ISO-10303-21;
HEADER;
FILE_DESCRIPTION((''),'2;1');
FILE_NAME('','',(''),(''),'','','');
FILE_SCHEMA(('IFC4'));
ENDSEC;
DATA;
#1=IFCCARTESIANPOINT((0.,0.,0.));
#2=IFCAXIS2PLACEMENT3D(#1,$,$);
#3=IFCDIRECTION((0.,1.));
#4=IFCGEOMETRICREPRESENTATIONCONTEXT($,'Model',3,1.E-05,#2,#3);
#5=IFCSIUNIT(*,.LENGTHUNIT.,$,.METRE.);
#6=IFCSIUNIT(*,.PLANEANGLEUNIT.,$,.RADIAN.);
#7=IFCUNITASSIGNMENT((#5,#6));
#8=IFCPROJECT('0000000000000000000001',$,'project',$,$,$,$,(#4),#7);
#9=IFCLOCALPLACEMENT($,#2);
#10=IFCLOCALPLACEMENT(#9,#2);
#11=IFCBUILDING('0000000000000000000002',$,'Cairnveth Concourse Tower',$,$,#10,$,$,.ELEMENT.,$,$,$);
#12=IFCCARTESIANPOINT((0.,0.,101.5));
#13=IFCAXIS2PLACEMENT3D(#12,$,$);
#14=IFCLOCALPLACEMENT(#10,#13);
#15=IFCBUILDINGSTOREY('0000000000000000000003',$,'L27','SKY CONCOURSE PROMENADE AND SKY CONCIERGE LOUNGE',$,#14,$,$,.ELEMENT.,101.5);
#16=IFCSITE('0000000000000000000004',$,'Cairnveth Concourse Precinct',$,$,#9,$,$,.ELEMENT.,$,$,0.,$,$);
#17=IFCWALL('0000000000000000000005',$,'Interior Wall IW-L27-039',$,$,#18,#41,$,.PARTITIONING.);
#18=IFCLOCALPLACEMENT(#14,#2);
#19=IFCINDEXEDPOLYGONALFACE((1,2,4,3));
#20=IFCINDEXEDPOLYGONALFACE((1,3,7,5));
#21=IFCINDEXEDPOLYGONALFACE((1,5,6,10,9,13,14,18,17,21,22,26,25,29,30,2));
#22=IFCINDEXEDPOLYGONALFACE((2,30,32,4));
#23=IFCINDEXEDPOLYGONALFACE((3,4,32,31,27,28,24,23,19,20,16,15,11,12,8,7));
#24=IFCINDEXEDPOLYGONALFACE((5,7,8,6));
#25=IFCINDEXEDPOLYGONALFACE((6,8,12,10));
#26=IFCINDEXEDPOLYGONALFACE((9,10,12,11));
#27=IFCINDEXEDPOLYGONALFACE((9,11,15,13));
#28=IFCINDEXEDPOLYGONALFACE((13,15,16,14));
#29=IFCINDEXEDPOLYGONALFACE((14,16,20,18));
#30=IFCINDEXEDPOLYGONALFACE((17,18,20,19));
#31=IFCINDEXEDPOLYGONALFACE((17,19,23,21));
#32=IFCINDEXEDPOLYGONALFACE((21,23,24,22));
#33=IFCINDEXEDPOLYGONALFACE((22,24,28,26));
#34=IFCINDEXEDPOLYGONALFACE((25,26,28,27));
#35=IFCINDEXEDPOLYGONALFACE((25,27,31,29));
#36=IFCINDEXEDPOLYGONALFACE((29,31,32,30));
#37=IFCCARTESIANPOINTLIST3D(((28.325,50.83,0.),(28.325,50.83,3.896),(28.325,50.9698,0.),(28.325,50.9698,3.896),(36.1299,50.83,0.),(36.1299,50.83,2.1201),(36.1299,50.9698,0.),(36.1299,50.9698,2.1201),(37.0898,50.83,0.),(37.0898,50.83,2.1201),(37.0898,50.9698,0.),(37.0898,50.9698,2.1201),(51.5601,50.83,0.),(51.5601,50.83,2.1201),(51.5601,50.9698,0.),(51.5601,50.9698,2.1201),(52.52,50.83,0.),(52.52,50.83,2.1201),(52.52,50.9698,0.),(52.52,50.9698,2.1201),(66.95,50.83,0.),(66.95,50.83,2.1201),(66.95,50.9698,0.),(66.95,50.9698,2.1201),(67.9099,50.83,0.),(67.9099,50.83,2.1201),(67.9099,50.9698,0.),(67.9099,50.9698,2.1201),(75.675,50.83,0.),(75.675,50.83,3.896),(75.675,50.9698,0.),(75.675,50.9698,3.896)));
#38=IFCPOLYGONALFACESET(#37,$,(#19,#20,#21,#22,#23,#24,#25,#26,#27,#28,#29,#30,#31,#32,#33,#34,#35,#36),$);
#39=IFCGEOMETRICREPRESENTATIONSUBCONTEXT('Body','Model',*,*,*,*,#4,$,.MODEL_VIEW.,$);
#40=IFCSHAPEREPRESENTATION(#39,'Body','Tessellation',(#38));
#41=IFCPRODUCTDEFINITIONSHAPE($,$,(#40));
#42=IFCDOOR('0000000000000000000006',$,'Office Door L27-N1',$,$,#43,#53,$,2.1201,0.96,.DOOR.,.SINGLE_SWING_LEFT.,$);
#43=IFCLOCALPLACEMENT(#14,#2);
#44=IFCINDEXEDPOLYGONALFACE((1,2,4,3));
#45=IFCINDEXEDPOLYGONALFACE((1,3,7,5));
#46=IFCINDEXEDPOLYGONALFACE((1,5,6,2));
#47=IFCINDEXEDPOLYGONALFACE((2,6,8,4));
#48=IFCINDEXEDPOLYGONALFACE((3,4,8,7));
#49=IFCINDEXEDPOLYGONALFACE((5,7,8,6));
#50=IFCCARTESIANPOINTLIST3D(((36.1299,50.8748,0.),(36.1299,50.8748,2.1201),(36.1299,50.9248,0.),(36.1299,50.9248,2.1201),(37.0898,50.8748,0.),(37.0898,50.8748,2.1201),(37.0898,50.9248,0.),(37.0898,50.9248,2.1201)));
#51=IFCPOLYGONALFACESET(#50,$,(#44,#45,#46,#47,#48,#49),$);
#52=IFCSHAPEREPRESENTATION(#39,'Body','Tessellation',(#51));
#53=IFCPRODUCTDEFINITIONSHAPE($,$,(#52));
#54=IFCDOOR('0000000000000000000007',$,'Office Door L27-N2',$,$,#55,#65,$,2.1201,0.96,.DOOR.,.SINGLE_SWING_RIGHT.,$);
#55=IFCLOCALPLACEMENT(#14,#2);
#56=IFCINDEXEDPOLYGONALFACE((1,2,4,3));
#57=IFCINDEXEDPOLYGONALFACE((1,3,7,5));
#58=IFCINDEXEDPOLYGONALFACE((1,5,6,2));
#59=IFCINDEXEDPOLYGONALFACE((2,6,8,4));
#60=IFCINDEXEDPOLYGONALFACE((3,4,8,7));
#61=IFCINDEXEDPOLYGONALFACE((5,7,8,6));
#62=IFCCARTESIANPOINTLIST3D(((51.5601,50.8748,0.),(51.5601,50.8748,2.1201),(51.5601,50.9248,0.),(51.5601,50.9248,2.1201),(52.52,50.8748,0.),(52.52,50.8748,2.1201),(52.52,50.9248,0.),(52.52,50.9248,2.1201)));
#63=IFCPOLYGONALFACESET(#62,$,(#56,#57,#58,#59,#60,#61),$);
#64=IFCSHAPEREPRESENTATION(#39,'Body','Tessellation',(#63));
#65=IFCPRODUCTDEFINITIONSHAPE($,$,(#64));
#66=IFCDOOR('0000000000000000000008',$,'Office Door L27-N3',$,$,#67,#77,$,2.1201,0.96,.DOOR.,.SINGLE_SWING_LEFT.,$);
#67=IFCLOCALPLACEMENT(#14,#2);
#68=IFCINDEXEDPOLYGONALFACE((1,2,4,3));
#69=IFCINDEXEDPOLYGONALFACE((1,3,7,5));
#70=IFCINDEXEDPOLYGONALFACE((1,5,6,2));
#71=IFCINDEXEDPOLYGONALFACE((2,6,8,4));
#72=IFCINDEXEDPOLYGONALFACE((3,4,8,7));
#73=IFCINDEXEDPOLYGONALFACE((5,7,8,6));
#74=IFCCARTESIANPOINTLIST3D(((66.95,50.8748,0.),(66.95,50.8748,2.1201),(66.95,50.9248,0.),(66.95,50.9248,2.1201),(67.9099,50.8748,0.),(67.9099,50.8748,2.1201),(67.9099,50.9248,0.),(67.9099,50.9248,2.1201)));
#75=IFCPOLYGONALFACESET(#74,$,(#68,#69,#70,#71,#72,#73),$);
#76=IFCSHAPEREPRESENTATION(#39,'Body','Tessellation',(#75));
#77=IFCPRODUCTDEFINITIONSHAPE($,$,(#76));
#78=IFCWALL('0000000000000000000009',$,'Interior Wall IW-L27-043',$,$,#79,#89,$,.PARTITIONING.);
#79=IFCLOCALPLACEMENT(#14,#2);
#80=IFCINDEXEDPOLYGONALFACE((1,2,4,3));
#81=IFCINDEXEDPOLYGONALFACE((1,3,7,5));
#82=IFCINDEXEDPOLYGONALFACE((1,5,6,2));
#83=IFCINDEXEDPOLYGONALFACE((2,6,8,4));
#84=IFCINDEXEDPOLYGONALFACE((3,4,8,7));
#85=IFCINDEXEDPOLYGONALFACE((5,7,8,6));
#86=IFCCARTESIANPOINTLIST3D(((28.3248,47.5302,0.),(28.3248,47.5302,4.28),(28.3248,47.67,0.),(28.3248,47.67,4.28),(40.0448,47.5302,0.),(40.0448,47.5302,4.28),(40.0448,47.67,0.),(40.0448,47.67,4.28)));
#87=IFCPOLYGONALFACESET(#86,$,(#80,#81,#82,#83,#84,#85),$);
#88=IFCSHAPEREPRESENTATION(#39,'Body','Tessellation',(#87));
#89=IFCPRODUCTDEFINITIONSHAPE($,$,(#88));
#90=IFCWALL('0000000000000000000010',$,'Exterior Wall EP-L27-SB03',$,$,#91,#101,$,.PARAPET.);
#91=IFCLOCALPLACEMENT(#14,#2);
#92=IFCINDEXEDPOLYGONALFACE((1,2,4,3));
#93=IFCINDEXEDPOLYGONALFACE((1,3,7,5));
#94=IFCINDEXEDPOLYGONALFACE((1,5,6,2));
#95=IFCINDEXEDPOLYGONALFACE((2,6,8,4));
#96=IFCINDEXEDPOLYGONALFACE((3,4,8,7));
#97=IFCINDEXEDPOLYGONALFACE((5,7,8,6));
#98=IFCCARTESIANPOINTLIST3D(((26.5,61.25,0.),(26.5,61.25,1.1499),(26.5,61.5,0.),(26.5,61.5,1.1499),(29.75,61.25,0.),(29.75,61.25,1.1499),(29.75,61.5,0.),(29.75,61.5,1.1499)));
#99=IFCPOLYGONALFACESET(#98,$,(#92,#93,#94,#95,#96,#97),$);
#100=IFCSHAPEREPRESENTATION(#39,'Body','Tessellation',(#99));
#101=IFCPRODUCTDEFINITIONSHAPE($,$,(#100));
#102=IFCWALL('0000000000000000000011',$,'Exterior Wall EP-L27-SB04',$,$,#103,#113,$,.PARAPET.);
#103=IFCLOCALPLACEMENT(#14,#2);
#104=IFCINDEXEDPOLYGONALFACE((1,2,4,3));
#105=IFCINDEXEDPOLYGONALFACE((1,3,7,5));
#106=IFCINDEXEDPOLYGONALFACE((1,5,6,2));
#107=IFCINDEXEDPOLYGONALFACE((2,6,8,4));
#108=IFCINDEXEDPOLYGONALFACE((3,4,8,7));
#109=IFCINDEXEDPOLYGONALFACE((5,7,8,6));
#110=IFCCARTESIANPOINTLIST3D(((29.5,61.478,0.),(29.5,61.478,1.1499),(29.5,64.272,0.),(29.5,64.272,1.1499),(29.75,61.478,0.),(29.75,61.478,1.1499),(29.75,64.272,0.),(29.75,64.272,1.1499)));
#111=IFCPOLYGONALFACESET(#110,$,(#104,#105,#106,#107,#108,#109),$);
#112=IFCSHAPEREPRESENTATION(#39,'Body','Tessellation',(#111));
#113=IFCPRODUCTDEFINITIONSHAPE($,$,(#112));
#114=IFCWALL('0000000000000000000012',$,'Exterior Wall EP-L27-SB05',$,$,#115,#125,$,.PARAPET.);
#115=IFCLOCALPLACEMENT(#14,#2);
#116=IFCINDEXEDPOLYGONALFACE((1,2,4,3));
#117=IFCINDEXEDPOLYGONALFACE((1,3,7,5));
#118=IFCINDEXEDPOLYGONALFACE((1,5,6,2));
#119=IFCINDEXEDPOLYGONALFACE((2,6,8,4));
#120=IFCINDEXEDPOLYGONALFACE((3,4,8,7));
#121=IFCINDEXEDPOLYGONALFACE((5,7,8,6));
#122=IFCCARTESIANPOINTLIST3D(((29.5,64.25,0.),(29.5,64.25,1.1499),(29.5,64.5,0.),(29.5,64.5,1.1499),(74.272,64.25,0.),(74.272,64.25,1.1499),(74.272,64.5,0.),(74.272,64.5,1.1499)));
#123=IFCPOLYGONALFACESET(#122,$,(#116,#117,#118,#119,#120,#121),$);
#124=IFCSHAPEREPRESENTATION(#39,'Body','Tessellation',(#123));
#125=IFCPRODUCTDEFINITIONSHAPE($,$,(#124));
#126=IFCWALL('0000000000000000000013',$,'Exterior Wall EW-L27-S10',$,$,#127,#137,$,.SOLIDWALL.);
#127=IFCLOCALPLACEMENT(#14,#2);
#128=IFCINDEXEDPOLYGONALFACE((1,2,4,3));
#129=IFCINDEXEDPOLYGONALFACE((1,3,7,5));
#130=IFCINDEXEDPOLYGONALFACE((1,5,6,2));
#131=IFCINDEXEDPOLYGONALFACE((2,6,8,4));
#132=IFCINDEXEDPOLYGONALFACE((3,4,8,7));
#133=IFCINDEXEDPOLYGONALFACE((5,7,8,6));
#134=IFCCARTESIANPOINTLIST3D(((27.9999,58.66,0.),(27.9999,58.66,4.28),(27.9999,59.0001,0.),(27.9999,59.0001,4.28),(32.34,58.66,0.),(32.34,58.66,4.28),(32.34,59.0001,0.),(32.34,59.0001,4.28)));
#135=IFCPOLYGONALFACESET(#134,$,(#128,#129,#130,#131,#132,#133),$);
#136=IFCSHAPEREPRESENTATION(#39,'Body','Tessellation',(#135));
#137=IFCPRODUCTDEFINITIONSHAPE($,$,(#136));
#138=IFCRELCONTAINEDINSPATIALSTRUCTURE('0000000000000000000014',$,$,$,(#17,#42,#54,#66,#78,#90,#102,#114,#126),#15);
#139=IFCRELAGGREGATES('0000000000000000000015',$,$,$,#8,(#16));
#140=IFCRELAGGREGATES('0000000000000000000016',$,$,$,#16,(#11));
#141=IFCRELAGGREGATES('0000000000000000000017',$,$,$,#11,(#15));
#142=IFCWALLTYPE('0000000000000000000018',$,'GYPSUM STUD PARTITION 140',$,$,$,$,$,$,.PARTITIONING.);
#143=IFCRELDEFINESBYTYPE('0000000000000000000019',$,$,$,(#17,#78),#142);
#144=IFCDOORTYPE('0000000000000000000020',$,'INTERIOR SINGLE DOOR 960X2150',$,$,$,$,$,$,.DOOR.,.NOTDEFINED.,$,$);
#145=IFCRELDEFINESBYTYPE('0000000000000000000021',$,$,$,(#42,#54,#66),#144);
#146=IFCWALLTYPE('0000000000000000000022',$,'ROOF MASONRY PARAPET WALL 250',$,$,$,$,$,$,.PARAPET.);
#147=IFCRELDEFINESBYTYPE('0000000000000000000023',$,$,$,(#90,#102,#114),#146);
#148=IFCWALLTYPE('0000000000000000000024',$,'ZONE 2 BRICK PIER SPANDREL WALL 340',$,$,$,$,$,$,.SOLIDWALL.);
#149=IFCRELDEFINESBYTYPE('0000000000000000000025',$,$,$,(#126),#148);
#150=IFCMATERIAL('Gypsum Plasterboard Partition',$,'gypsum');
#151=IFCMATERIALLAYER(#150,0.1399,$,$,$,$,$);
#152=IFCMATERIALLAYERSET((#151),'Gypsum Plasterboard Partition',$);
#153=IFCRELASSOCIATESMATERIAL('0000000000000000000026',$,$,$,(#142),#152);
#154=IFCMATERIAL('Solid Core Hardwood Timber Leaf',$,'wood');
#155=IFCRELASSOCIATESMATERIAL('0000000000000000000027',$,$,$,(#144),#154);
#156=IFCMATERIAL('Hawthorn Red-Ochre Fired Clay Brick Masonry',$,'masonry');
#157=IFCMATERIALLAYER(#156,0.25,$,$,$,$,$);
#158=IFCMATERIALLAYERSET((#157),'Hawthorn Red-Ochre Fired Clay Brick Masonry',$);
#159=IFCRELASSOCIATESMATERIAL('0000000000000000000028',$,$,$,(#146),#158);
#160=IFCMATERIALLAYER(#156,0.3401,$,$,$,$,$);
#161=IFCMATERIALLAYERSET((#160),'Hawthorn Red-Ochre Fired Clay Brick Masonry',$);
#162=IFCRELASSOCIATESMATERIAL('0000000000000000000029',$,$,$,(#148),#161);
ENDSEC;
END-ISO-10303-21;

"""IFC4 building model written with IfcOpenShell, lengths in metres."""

from ifc_helpers import new_model, si_unit, direction, frame, frame_2d, origin, place, context, subcontext, project, spatial, rectangle, extrude, material, layer, layer_set, type_object, element, fill, save


model = new_model("IFC4")

# Units and contexts
model_context = context("Model", 3, precision=1e-05, world=origin(), true_north=direction((0.0, 1.0)))
body_context = subcontext(model_context, "Body", "Model", "MODEL_VIEW")
ifc_project = project(units=[si_unit("LENGTHUNIT", "METRE"), si_unit("PLANEANGLEUNIT", "RADIAN")], contexts=[model_context])

# Site, building, storey
site_placement = place(None, origin())
site = spatial("IfcSite", under=ifc_project, at=site_placement, Name="Cairnveth Concourse Precinct", CompositionType="ELEMENT", RefElevation=0.0)
building_placement = place(site_placement, origin())
building = spatial("IfcBuilding", under=site, at=building_placement, Name="Cairnveth Concourse Tower", CompositionType="ELEMENT")
storey_placement = place(building_placement, frame((0.0, 0.0, 101.5)))
storey = spatial("IfcBuildingStorey", under=building, at=storey_placement, Name="L27", Description="SKY CONCOURSE PROMENADE AND SKY CONCIERGE LOUNGE", CompositionType="ELEMENT", Elevation=101.5)

# Wall, openings, doors
ifc_material_1 = material(Name="Gypsum Plasterboard Partition", Category="gypsum")
ifc_layer_1 = layer(ifc_material_1, 0.1399)
ifc_layer_set_1 = layer_set([ifc_layer_1], Name="Gypsum Plasterboard Partition")
wall_type_1 = type_object("IfcWallType", Name="GYPSUM STUD PARTITION 140", PredefinedType="PARTITIONING", material=ifc_layer_set_1)
wall_1_placement = place(storey_placement, frame((28.325, 50.8999, 0.0), z_axis=(0.0, 0.0, 1.0), x_axis=(1.0, 0.0, 0.0)))
wall_1 = element("IfcWall", 1, at=wall_1_placement, inside=storey, type_object=wall_type_1, Name="Interior Wall IW-L27-039", PredefinedType="PARTITIONING", context=body_context, shape_type="SweptSolid", body=[
    extrude(rectangle(XDim=47.3501, YDim=0.1399, at=frame_2d((23.675, 0.0))), origin(), (0.0, 0.0, 1.0), 3.896),
])
opening_1_placement = place(wall_1_placement, frame((7.8049, 0.0, 0.0)))
opening_1 = element("IfcOpeningElement", 2, at=opening_1_placement, cuts=wall_1, PredefinedType="OPENING", context=body_context, shape_type="SweptSolid", body=[
    extrude(rectangle(XDim=0.96, YDim=2.1201, at=frame_2d((0.48, 1.0601))), frame((0.0, 0.0798, 0.0), z_axis=(0.0, -1.0, 0.0), x_axis=(1.0, 0.0, 0.0)), (0.0, 0.0, 1.0), 0.1599),
])
opening_2_placement = place(wall_1_placement, frame((23.2351, 0.0, 0.0)))
opening_2 = element("IfcOpeningElement", 3, at=opening_2_placement, cuts=wall_1, PredefinedType="OPENING", context=body_context, shape_type="SweptSolid", body=[
    extrude(rectangle(XDim=0.96, YDim=2.1201, at=frame_2d((0.48, 1.0601))), frame((0.0, 0.0798, 0.0), z_axis=(0.0, -1.0, 0.0), x_axis=(1.0, 0.0, 0.0)), (0.0, 0.0, 1.0), 0.1599),
])
opening_3_placement = place(wall_1_placement, frame((38.625, 0.0, 0.0)))
opening_3 = element("IfcOpeningElement", 4, at=opening_3_placement, cuts=wall_1, PredefinedType="OPENING", context=body_context, shape_type="SweptSolid", body=[
    extrude(rectangle(XDim=0.96, YDim=2.1201, at=frame_2d((0.48, 1.0601))), frame((0.0, 0.0798, 0.0), z_axis=(0.0, -1.0, 0.0), x_axis=(1.0, 0.0, 0.0)), (0.0, 0.0, 1.0), 0.1599),
])
ifc_material_2 = material(Name="Solid Core Hardwood Timber Leaf", Category="wood")
door_type = type_object("IfcDoorType", Name="INTERIOR SINGLE DOOR 960X2150", OperationType="NOTDEFINED", PredefinedType="DOOR", material=ifc_material_2)
door_1_placement = place(opening_1_placement, origin())
door_1 = element("IfcDoor", 5, at=door_1_placement, inside=storey, type_object=door_type, Name="Office Door L27-N1", OperationType="SINGLE_SWING_LEFT", OverallHeight=2.1201, OverallWidth=0.96, PredefinedType="DOOR", context=body_context, shape_type="SweptSolid", body=[
    extrude(rectangle(XDim=0.96, YDim=2.1201, at=frame_2d((0.48, 1.0601))), frame((0.0, 0.0249, 0.0), z_axis=(0.0, -1.0, 0.0), x_axis=(1.0, 0.0, 0.0)), (0.0, 0.0, 1.0), 0.05),
])
fill(opening_1, door_1)
door_2_placement = place(opening_2_placement, origin())
door_2 = element("IfcDoor", 6, at=door_2_placement, inside=storey, type_object=door_type, Name="Office Door L27-N2", OperationType="SINGLE_SWING_RIGHT", OverallHeight=2.1201, OverallWidth=0.96, PredefinedType="DOOR", context=body_context, shape_type="SweptSolid", body=[
    extrude(rectangle(XDim=0.96, YDim=2.1201, at=frame_2d((0.48, 1.0601))), frame((0.0, 0.0249, 0.0), z_axis=(0.0, -1.0, 0.0), x_axis=(1.0, 0.0, 0.0)), (0.0, 0.0, 1.0), 0.05),
])
fill(opening_2, door_2)
door_3_placement = place(opening_3_placement, origin())
door_3 = element("IfcDoor", 7, at=door_3_placement, inside=storey, type_object=door_type, Name="Office Door L27-N3", OperationType="SINGLE_SWING_LEFT", OverallHeight=2.1201, OverallWidth=0.96, PredefinedType="DOOR", context=body_context, shape_type="SweptSolid", body=[
    extrude(rectangle(XDim=0.96, YDim=2.1201, at=frame_2d((0.48, 1.0601))), frame((0.0, 0.0249, 0.0), z_axis=(0.0, -1.0, 0.0), x_axis=(1.0, 0.0, 0.0)), (0.0, 0.0, 1.0), 0.05),
])
fill(opening_3, door_3)

# Walls
wall_2_placement = place(storey_placement, frame((28.325, 47.6001, 0.0), z_axis=(0.0, 0.0, 1.0), x_axis=(1.0, 0.0, 0.0)))
element("IfcWall", 8, at=wall_2_placement, inside=storey, type_object=wall_type_1, Name="Interior Wall IW-L27-043", PredefinedType="PARTITIONING", context=body_context, shape_type="SweptSolid", body=[
    extrude(rectangle(XDim=11.72, YDim=0.1399, at=frame_2d((5.8599, 0.0))), origin(), (0.0, 0.0, 1.0), 4.28),
])
ifc_material_3 = material(Name="Hawthorn Red-Ochre Fired Clay Brick Masonry", Category="masonry")
ifc_layer_2 = layer(ifc_material_3, 0.25)
ifc_layer_set_2 = layer_set([ifc_layer_2], Name="Hawthorn Red-Ochre Fired Clay Brick Masonry")
wall_type_2 = type_object("IfcWallType", Name="ROOF MASONRY PARAPET WALL 250", PredefinedType="PARAPET", material=ifc_layer_set_2)
wall_3_placement = place(storey_placement, frame((26.5, 61.375, 0.0), z_axis=(0.0, 0.0, 1.0), x_axis=(1.0, 0.0, 0.0)))
element("IfcWall", 9, at=wall_3_placement, inside=storey, type_object=wall_type_2, Name="Exterior Wall EP-L27-SB03", PredefinedType="PARAPET", context=body_context, shape_type="SweptSolid", body=[
    extrude(rectangle(XDim=3.25, YDim=0.25, at=frame_2d((1.625, 0.0))), origin(), (0.0, 0.0, 1.0), 1.1499),
])
wall_4_placement = place(storey_placement, frame((29.625, 61.478, 0.0), z_axis=(0.0, 0.0, 1.0), x_axis=(0.0, 1.0, 0.0)))
element("IfcWall", 10, at=wall_4_placement, inside=storey, type_object=wall_type_2, Name="Exterior Wall EP-L27-SB04", PredefinedType="PARAPET", context=body_context, shape_type="SweptSolid", body=[
    extrude(rectangle(XDim=2.7939, YDim=0.25, at=frame_2d((1.397, 0.0))), origin(), (0.0, 0.0, 1.0), 1.1499),
])
wall_5_placement = place(storey_placement, frame((29.5, 64.375, 0.0), z_axis=(0.0, 0.0, 1.0), x_axis=(1.0, 0.0, 0.0)))
element("IfcWall", 11, at=wall_5_placement, inside=storey, type_object=wall_type_2, Name="Exterior Wall EP-L27-SB05", PredefinedType="PARAPET", context=body_context, shape_type="SweptSolid", body=[
    extrude(rectangle(XDim=44.772, YDim=0.25, at=frame_2d((22.386, 0.0))), origin(), (0.0, 0.0, 1.0), 1.1499),
])
ifc_layer_3 = layer(ifc_material_3, 0.3401)
ifc_layer_set_3 = layer_set([ifc_layer_3], Name="Hawthorn Red-Ochre Fired Clay Brick Masonry")
wall_type_3 = type_object("IfcWallType", Name="ZONE 2 BRICK PIER SPANDREL WALL 340", PredefinedType="SOLIDWALL", material=ifc_layer_set_3)
wall_6_placement = place(storey_placement, frame((28.0, 58.8301, 0.0), z_axis=(0.0, 0.0, 1.0), x_axis=(1.0, 0.0, 0.0)))
element("IfcWall", 12, at=wall_6_placement, inside=storey, type_object=wall_type_3, Name="Exterior Wall EW-L27-S10", PredefinedType="SOLIDWALL", context=body_context, shape_type="SweptSolid", body=[
    extrude(rectangle(XDim=4.3401, YDim=0.3401, at=frame_2d((2.1699, 0.0))), origin(), (0.0, 0.0, 1.0), 4.28),
])

save(model, "model.ifc")
